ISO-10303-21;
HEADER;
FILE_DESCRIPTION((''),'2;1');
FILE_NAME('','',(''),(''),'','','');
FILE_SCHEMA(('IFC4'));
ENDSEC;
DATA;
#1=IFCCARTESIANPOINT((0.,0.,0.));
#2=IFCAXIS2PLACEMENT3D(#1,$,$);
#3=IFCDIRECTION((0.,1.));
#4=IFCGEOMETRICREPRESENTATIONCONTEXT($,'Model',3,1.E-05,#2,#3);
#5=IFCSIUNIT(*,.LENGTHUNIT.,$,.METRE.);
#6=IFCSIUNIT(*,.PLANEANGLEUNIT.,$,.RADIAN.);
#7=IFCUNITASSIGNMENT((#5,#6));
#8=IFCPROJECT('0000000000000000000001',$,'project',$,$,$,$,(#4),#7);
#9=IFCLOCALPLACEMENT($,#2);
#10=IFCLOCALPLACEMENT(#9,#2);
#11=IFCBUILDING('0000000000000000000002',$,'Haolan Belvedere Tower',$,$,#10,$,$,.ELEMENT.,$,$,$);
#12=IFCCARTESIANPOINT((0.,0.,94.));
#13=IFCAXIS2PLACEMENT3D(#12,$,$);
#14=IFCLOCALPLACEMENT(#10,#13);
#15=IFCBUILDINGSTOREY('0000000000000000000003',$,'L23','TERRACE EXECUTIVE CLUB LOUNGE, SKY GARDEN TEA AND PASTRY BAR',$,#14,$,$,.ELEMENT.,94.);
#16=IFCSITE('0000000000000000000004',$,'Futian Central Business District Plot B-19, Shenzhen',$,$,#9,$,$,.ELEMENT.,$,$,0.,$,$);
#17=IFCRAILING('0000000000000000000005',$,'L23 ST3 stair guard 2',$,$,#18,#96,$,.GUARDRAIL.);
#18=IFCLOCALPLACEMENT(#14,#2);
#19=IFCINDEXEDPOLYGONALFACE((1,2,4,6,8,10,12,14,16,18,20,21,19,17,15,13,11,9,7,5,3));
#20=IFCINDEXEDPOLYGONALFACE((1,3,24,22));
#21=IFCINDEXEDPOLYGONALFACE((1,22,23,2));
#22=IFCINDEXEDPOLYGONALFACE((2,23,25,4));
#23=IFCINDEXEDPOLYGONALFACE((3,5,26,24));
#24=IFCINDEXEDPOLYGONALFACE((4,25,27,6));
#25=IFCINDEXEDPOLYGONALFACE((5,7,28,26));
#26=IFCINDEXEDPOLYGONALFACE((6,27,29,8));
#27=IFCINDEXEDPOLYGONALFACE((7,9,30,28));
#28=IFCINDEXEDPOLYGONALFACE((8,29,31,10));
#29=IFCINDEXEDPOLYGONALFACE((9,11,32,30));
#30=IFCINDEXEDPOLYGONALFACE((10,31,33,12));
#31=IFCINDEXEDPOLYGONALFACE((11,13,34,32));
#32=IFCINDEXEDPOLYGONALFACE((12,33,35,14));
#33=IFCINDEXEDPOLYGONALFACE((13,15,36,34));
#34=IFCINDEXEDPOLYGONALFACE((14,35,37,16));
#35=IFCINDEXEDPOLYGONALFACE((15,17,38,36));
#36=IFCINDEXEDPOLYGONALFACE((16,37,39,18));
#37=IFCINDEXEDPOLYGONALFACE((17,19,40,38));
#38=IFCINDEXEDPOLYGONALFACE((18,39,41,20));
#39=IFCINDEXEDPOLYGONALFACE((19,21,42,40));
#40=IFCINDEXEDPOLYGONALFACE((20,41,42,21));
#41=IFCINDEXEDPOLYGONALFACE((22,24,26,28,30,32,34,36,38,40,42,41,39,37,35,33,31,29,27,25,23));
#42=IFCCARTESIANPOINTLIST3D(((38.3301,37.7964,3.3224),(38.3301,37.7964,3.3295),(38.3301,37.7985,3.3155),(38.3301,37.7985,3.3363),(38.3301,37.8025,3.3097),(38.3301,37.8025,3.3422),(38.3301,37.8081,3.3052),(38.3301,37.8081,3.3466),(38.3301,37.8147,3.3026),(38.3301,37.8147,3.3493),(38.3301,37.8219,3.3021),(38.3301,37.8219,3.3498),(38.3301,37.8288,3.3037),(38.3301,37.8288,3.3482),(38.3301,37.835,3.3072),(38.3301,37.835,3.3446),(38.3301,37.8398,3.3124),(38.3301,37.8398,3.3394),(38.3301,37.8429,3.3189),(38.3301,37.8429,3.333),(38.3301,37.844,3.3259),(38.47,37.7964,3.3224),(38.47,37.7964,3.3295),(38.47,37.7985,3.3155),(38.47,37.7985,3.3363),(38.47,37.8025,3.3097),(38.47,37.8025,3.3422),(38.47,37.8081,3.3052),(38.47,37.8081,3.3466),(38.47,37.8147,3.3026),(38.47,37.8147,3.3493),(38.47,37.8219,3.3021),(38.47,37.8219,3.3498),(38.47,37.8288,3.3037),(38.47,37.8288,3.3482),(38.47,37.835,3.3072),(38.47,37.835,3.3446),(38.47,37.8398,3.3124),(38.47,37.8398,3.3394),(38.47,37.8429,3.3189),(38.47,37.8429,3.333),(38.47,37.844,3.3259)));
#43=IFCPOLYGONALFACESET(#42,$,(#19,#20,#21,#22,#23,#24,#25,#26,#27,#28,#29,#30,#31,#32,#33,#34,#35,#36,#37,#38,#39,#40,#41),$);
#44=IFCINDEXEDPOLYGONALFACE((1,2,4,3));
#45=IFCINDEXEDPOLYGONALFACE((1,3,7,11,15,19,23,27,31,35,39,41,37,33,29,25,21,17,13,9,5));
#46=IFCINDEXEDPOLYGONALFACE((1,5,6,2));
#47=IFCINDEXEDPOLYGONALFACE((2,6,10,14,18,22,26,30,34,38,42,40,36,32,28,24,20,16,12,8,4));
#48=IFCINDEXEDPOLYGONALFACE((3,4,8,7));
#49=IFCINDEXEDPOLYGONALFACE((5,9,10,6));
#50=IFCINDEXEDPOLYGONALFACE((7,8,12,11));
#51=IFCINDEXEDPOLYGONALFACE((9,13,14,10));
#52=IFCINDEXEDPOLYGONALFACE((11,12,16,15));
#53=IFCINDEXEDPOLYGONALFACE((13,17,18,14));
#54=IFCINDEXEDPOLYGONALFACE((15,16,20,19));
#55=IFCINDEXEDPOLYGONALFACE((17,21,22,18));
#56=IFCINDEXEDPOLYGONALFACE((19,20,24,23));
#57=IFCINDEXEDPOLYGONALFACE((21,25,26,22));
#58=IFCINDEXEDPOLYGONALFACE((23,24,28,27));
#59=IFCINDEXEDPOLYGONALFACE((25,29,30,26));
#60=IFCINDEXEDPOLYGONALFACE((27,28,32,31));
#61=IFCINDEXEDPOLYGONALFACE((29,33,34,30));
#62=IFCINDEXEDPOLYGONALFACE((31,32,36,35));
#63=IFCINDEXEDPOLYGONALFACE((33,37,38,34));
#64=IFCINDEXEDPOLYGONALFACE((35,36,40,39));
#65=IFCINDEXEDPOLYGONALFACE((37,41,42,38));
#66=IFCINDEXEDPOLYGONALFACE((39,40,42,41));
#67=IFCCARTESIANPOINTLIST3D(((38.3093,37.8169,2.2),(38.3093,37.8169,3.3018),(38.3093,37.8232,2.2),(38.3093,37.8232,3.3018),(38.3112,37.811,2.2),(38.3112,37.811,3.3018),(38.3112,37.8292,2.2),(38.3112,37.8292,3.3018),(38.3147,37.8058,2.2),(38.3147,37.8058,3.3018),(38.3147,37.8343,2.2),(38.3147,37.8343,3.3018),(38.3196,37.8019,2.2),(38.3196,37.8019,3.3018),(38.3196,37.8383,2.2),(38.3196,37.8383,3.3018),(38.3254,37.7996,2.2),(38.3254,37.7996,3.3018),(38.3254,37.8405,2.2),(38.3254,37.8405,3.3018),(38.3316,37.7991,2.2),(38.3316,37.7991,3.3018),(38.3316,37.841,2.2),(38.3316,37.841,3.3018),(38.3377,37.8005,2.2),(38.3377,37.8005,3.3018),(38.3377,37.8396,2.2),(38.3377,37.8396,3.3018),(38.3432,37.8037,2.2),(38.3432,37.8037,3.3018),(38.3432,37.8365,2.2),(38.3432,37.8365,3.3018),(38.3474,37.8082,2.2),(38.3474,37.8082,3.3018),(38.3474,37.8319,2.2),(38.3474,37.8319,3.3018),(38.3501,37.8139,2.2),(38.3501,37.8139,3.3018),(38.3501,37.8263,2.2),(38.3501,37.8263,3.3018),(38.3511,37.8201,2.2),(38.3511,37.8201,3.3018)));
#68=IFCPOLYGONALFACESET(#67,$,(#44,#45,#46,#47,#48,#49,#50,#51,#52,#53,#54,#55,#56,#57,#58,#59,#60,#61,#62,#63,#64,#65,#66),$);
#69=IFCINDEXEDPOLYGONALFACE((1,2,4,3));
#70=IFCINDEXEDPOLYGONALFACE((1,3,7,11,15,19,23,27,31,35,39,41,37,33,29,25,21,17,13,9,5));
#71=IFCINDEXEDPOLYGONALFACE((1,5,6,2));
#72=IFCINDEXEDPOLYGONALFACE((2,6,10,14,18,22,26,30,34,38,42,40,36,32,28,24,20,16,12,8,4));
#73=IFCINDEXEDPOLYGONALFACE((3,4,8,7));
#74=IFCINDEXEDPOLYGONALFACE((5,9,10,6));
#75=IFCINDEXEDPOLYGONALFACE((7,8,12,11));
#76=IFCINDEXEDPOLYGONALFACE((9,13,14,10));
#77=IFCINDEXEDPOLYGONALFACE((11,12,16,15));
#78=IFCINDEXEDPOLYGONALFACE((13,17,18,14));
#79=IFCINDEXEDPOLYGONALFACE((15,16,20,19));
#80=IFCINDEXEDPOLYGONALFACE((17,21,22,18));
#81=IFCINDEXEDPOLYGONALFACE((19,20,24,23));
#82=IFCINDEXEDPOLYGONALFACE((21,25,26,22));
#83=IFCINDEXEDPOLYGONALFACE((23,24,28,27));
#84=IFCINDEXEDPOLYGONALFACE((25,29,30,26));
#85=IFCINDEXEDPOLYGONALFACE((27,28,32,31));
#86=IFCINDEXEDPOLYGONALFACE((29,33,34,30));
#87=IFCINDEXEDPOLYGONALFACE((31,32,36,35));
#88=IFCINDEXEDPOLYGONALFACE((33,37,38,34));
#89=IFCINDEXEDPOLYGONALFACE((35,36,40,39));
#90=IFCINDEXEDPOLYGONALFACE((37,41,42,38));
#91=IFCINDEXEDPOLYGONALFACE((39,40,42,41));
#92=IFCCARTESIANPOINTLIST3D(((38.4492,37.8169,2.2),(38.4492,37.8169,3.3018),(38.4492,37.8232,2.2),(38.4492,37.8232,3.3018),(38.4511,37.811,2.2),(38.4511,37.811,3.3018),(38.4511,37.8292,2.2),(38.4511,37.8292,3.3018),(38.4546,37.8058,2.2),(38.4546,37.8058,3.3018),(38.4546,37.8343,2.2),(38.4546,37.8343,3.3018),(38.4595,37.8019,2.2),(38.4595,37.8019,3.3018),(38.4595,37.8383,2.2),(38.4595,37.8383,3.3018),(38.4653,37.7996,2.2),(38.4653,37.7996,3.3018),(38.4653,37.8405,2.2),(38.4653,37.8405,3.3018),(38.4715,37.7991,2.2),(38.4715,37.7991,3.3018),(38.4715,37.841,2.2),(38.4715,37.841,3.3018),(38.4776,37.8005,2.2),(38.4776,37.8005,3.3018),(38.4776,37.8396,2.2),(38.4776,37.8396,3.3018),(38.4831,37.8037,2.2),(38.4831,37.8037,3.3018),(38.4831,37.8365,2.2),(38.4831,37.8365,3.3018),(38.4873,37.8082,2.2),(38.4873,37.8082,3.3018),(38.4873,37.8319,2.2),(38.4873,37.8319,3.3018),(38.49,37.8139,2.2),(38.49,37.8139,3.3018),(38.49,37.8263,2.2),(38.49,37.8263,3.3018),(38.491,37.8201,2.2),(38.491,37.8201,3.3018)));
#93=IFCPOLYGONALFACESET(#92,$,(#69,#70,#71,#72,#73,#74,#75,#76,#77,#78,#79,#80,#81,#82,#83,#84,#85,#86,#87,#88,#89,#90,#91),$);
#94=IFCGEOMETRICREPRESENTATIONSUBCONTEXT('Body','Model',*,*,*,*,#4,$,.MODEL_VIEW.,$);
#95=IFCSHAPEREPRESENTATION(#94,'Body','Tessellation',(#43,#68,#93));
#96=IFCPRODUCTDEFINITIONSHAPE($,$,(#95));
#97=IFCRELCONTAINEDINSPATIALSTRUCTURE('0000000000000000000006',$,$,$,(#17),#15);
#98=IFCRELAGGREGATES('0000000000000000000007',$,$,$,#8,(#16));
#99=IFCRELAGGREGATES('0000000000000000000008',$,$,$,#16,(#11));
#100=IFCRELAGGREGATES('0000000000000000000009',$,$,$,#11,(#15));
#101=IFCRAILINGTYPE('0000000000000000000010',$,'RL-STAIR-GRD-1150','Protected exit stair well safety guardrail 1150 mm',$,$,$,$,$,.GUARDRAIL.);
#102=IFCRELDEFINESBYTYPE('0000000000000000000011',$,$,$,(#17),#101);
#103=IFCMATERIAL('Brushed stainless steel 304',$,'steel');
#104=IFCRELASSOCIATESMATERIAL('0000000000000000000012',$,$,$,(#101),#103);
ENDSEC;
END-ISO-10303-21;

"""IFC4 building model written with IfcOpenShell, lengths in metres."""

from ifc_helpers import new_model, si_unit, direction, frame, origin, origin_2d, place, context, subcontext, project, spatial, circle, extrude, material, type_object, element, save


model = new_model("IFC4")

# Units and contexts
model_context = context("Model", 3, precision=1e-05, world=origin(), true_north=direction((0.0, 1.0)))
body_context = subcontext(model_context, "Body", "Model", "MODEL_VIEW")
ifc_project = project(units=[si_unit("LENGTHUNIT", "METRE"), si_unit("PLANEANGLEUNIT", "RADIAN")], contexts=[model_context])

# Site, building, storey
site_placement = place(None, origin())
site = spatial("IfcSite", under=ifc_project, at=site_placement, Name="Futian Central Business District Plot B-19, Shenzhen", CompositionType="ELEMENT", RefElevation=0.0)
building_placement = place(site_placement, origin())
building = spatial("IfcBuilding", under=site, at=building_placement, Name="Haolan Belvedere Tower", CompositionType="ELEMENT")
storey_placement = place(building_placement, frame((0.0, 0.0, 94.0)))
storey = spatial("IfcBuildingStorey", under=building, at=storey_placement, Name="L23", Description="TERRACE EXECUTIVE CLUB LOUNGE, SKY GARDEN TEA AND PASTRY BAR", CompositionType="ELEMENT", Elevation=94.0)

# Railing
ifc_material_1 = material(Name="Brushed stainless steel 304", Category="steel")
railing_type = type_object("IfcRailingType", Name="RL-STAIR-GRD-1150", Description="Protected exit stair well safety guardrail 1150 mm", PredefinedType="GUARDRAIL", material=ifc_material_1)
railing_1_placement = place(storey_placement, frame((38.3301, 37.8201, 2.2)))
element("IfcRailing", 1, at=railing_1_placement, inside=storey, type_object=railing_type, Name="L23 ST3 stair guard 2", PredefinedType="GUARDRAIL", context=body_context, shape_type="SweptSolid", body=[
    extrude(circle(Radius=0.0239, at=origin_2d()), frame((0.0, 0.0, 1.126), z_axis=(1.0, 0.0, 0.0), x_axis=(0.0, 1.0, 0.0)), (0.0, 0.0, 1.0), 0.1399),
    extrude(circle(Radius=0.021, at=origin_2d()), origin(), (0.0, 0.0, 1.0), 1.1018),
    extrude(circle(Radius=0.021, at=origin_2d()), frame((0.1399, 0.0, 0.0)), (0.0, 0.0, 1.0), 1.1018),
])

save(model, "model.ifc")
